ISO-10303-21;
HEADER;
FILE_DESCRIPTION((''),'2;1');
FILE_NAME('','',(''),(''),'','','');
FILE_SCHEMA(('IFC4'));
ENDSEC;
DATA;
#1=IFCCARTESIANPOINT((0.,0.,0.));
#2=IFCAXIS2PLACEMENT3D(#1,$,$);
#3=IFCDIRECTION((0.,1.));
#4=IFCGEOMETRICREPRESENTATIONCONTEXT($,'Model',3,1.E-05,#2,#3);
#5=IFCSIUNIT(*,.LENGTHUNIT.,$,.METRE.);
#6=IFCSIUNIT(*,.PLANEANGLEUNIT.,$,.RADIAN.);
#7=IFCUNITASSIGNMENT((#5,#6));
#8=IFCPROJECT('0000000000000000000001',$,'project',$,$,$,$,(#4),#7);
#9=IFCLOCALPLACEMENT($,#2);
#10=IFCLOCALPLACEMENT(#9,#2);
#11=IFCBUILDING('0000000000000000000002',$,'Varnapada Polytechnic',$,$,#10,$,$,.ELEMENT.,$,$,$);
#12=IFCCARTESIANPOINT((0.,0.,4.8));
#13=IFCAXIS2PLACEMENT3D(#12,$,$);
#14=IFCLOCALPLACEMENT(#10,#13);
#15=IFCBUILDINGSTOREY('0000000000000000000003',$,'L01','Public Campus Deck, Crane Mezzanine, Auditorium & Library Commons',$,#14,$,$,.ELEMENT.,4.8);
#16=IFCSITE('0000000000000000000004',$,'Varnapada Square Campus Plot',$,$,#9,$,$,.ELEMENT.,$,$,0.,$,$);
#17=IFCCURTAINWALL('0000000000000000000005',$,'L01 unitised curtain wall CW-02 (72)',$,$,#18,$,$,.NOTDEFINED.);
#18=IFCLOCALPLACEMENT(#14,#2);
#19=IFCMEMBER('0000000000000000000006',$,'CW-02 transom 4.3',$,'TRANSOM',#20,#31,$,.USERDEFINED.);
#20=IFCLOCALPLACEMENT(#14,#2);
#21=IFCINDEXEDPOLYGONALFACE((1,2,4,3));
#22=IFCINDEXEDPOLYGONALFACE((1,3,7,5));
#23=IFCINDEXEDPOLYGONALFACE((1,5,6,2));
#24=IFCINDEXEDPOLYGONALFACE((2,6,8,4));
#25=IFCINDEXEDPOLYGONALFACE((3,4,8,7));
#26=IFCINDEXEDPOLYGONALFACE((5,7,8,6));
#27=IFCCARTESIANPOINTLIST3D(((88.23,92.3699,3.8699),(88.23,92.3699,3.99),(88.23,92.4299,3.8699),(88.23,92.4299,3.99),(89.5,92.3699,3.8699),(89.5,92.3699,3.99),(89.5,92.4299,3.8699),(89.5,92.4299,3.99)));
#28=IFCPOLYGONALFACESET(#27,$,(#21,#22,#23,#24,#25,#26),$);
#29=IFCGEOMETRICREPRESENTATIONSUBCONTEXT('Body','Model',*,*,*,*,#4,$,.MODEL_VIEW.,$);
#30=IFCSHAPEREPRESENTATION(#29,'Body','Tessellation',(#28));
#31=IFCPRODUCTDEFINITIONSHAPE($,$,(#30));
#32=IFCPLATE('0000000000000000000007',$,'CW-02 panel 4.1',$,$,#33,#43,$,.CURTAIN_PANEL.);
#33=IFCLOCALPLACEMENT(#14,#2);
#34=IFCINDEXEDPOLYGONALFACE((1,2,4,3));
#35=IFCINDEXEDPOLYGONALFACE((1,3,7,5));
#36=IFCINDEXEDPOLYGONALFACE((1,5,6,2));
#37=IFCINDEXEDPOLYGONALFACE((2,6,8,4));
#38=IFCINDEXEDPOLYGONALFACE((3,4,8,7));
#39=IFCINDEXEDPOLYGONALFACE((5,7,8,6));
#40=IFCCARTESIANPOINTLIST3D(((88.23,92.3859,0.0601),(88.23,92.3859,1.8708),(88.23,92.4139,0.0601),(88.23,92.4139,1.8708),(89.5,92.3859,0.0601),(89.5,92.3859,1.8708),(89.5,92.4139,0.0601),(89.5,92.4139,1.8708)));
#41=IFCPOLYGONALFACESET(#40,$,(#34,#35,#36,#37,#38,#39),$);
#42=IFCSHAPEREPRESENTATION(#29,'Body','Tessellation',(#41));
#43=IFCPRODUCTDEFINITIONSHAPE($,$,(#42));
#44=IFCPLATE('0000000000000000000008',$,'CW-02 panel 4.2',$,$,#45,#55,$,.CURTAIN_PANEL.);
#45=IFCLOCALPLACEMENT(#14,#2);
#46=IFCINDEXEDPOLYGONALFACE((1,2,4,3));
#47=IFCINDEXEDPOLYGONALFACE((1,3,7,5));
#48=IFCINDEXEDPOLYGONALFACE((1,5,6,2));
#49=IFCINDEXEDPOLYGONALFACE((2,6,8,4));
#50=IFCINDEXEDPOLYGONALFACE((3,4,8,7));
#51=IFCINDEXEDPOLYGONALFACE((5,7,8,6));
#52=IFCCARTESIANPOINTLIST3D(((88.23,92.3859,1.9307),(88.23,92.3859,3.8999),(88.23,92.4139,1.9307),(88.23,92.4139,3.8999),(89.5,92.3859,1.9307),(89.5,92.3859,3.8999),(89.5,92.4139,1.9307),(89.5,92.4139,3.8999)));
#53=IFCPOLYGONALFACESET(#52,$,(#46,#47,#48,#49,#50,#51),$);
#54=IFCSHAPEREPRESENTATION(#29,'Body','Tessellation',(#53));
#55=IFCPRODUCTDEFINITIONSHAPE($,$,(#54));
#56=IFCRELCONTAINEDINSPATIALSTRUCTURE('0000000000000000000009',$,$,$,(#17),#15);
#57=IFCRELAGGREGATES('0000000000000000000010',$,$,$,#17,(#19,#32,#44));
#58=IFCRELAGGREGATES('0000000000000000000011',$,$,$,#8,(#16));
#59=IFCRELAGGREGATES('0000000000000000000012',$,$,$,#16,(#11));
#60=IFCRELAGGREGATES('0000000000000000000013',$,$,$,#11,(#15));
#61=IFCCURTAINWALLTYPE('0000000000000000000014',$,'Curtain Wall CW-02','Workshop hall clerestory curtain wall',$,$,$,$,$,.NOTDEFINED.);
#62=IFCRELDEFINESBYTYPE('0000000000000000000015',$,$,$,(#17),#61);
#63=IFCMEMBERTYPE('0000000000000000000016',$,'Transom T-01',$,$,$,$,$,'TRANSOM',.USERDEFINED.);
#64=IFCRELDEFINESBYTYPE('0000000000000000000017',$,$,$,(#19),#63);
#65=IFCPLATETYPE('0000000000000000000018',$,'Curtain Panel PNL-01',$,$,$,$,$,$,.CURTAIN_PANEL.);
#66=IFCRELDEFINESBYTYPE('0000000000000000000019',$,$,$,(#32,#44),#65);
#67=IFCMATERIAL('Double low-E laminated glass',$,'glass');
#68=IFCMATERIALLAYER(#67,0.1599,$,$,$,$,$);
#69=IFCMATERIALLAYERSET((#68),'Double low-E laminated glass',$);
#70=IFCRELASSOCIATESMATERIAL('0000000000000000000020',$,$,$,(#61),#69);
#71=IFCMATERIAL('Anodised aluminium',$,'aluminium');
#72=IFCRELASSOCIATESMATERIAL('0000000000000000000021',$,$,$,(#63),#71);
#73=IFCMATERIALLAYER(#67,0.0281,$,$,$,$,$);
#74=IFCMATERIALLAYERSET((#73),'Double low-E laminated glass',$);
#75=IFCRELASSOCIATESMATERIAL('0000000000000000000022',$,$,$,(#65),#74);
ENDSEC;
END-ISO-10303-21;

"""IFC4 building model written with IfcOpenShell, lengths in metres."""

from ifc_helpers import new_model, si_unit, direction, frame, origin, origin_2d, place, context, subcontext, project, spatial, rectangle, extrude, material, layer, layer_set, material_profile, profile_set, type_object, element, aggregate, save


model = new_model("IFC4")

# Units and contexts
model_context = context("Model", 3, precision=1e-05, world=origin(), true_north=direction((0.0, 1.0)))
body_context = subcontext(model_context, "Body", "Model", "MODEL_VIEW")
ifc_project = project(units=[si_unit("LENGTHUNIT", "METRE"), si_unit("PLANEANGLEUNIT", "RADIAN")], contexts=[model_context])

# Site, building, storey
site_placement = place(None, origin())
site = spatial("IfcSite", under=ifc_project, at=site_placement, Name="Varnapada Square Campus Plot", CompositionType="ELEMENT", RefElevation=0.0)
building_placement = place(site_placement, origin())
building = spatial("IfcBuilding", under=site, at=building_placement, Name="Varnapada Polytechnic", CompositionType="ELEMENT")
storey_placement = place(building_placement, frame((0.0, 0.0, 4.8)))
storey = spatial("IfcBuildingStorey", under=building, at=storey_placement, Name="L01", Description="Public Campus Deck, Crane Mezzanine, Auditorium & Library Commons", CompositionType="ELEMENT", Elevation=4.8)

# Curtain wall, member, plates
ifc_material_1 = material(Name="Double low-E laminated glass", Category="glass")
ifc_layer_1 = layer(ifc_material_1, 0.1599)
ifc_layer_set_1 = layer_set([ifc_layer_1], Name="Double low-E laminated glass")
curtain_wall_type = type_object("IfcCurtainWallType", Name="Curtain Wall CW-02", Description="Workshop hall clerestory curtain wall", PredefinedType="NOTDEFINED", material=ifc_layer_set_1)
curtain_wall_placement = place(storey_placement, origin())
curtain_wall = element("IfcCurtainWall", 1, at=curtain_wall_placement, inside=storey, type_object=curtain_wall_type, Name="L01 unitised curtain wall CW-02 (72)", PredefinedType="NOTDEFINED")
ifc_material_2 = material(Name="Anodised aluminium", Category="aluminium")
ifc_material_profile = material_profile(ifc_material_2, rectangle(XDim=0.0601, YDim=0.1201, at=origin_2d()), Name="ALU T60x120")
ifc_profile_set = profile_set([ifc_material_profile], Name="Anodised aluminium")
member_type = type_object("IfcMemberType", Name="Transom T-01", ElementType="TRANSOM", PredefinedType="USERDEFINED", material=ifc_profile_set)
member_placement = place(storey_placement, frame((88.23, 92.3999, 3.9299), z_axis=(1.0, 0.0, 0.0), x_axis=(0.0, 1.0, 0.0)))
member = element("IfcMember", 2, at=member_placement, type_object=member_type, Name="CW-02 transom 4.3", ObjectType="TRANSOM", PredefinedType="USERDEFINED", context=body_context, shape_type="SweptSolid", body=[
    extrude(rectangle(XDim=0.0601, YDim=0.1201, at=origin_2d()), origin(), (0.0, 0.0, 1.0), 1.27),
])
ifc_layer_2 = layer(ifc_material_1, 0.0281)
ifc_layer_set_2 = layer_set([ifc_layer_2], Name="Double low-E laminated glass")
plate_type = type_object("IfcPlateType", Name="Curtain Panel PNL-01", PredefinedType="CURTAIN_PANEL", material=ifc_layer_set_2)
plate_1_placement = place(storey_placement, frame((88.865, 92.3999, 0.0601), z_axis=(0.0, 0.0, 1.0), x_axis=(1.0, 0.0, 0.0)))
plate_1 = element("IfcPlate", 3, at=plate_1_placement, type_object=plate_type, Name="CW-02 panel 4.1", PredefinedType="CURTAIN_PANEL", context=body_context, shape_type="SweptSolid", body=[
    extrude(rectangle(XDim=1.27, YDim=0.0281, at=origin_2d()), origin(), (0.0, 0.0, 1.0), 1.8108),
])
plate_2_placement = place(storey_placement, frame((88.865, 92.3999, 1.9307), z_axis=(0.0, 0.0, 1.0), x_axis=(1.0, 0.0, 0.0)))
plate_2 = element("IfcPlate", 4, at=plate_2_placement, type_object=plate_type, Name="CW-02 panel 4.2", PredefinedType="CURTAIN_PANEL", context=body_context, shape_type="SweptSolid", body=[
    extrude(rectangle(XDim=1.27, YDim=0.0281, at=origin_2d()), origin(), (0.0, 0.0, 1.0), 1.9692),
])
aggregate(curtain_wall, [member, plate_1, plate_2])

save(model, "model.ifc")
